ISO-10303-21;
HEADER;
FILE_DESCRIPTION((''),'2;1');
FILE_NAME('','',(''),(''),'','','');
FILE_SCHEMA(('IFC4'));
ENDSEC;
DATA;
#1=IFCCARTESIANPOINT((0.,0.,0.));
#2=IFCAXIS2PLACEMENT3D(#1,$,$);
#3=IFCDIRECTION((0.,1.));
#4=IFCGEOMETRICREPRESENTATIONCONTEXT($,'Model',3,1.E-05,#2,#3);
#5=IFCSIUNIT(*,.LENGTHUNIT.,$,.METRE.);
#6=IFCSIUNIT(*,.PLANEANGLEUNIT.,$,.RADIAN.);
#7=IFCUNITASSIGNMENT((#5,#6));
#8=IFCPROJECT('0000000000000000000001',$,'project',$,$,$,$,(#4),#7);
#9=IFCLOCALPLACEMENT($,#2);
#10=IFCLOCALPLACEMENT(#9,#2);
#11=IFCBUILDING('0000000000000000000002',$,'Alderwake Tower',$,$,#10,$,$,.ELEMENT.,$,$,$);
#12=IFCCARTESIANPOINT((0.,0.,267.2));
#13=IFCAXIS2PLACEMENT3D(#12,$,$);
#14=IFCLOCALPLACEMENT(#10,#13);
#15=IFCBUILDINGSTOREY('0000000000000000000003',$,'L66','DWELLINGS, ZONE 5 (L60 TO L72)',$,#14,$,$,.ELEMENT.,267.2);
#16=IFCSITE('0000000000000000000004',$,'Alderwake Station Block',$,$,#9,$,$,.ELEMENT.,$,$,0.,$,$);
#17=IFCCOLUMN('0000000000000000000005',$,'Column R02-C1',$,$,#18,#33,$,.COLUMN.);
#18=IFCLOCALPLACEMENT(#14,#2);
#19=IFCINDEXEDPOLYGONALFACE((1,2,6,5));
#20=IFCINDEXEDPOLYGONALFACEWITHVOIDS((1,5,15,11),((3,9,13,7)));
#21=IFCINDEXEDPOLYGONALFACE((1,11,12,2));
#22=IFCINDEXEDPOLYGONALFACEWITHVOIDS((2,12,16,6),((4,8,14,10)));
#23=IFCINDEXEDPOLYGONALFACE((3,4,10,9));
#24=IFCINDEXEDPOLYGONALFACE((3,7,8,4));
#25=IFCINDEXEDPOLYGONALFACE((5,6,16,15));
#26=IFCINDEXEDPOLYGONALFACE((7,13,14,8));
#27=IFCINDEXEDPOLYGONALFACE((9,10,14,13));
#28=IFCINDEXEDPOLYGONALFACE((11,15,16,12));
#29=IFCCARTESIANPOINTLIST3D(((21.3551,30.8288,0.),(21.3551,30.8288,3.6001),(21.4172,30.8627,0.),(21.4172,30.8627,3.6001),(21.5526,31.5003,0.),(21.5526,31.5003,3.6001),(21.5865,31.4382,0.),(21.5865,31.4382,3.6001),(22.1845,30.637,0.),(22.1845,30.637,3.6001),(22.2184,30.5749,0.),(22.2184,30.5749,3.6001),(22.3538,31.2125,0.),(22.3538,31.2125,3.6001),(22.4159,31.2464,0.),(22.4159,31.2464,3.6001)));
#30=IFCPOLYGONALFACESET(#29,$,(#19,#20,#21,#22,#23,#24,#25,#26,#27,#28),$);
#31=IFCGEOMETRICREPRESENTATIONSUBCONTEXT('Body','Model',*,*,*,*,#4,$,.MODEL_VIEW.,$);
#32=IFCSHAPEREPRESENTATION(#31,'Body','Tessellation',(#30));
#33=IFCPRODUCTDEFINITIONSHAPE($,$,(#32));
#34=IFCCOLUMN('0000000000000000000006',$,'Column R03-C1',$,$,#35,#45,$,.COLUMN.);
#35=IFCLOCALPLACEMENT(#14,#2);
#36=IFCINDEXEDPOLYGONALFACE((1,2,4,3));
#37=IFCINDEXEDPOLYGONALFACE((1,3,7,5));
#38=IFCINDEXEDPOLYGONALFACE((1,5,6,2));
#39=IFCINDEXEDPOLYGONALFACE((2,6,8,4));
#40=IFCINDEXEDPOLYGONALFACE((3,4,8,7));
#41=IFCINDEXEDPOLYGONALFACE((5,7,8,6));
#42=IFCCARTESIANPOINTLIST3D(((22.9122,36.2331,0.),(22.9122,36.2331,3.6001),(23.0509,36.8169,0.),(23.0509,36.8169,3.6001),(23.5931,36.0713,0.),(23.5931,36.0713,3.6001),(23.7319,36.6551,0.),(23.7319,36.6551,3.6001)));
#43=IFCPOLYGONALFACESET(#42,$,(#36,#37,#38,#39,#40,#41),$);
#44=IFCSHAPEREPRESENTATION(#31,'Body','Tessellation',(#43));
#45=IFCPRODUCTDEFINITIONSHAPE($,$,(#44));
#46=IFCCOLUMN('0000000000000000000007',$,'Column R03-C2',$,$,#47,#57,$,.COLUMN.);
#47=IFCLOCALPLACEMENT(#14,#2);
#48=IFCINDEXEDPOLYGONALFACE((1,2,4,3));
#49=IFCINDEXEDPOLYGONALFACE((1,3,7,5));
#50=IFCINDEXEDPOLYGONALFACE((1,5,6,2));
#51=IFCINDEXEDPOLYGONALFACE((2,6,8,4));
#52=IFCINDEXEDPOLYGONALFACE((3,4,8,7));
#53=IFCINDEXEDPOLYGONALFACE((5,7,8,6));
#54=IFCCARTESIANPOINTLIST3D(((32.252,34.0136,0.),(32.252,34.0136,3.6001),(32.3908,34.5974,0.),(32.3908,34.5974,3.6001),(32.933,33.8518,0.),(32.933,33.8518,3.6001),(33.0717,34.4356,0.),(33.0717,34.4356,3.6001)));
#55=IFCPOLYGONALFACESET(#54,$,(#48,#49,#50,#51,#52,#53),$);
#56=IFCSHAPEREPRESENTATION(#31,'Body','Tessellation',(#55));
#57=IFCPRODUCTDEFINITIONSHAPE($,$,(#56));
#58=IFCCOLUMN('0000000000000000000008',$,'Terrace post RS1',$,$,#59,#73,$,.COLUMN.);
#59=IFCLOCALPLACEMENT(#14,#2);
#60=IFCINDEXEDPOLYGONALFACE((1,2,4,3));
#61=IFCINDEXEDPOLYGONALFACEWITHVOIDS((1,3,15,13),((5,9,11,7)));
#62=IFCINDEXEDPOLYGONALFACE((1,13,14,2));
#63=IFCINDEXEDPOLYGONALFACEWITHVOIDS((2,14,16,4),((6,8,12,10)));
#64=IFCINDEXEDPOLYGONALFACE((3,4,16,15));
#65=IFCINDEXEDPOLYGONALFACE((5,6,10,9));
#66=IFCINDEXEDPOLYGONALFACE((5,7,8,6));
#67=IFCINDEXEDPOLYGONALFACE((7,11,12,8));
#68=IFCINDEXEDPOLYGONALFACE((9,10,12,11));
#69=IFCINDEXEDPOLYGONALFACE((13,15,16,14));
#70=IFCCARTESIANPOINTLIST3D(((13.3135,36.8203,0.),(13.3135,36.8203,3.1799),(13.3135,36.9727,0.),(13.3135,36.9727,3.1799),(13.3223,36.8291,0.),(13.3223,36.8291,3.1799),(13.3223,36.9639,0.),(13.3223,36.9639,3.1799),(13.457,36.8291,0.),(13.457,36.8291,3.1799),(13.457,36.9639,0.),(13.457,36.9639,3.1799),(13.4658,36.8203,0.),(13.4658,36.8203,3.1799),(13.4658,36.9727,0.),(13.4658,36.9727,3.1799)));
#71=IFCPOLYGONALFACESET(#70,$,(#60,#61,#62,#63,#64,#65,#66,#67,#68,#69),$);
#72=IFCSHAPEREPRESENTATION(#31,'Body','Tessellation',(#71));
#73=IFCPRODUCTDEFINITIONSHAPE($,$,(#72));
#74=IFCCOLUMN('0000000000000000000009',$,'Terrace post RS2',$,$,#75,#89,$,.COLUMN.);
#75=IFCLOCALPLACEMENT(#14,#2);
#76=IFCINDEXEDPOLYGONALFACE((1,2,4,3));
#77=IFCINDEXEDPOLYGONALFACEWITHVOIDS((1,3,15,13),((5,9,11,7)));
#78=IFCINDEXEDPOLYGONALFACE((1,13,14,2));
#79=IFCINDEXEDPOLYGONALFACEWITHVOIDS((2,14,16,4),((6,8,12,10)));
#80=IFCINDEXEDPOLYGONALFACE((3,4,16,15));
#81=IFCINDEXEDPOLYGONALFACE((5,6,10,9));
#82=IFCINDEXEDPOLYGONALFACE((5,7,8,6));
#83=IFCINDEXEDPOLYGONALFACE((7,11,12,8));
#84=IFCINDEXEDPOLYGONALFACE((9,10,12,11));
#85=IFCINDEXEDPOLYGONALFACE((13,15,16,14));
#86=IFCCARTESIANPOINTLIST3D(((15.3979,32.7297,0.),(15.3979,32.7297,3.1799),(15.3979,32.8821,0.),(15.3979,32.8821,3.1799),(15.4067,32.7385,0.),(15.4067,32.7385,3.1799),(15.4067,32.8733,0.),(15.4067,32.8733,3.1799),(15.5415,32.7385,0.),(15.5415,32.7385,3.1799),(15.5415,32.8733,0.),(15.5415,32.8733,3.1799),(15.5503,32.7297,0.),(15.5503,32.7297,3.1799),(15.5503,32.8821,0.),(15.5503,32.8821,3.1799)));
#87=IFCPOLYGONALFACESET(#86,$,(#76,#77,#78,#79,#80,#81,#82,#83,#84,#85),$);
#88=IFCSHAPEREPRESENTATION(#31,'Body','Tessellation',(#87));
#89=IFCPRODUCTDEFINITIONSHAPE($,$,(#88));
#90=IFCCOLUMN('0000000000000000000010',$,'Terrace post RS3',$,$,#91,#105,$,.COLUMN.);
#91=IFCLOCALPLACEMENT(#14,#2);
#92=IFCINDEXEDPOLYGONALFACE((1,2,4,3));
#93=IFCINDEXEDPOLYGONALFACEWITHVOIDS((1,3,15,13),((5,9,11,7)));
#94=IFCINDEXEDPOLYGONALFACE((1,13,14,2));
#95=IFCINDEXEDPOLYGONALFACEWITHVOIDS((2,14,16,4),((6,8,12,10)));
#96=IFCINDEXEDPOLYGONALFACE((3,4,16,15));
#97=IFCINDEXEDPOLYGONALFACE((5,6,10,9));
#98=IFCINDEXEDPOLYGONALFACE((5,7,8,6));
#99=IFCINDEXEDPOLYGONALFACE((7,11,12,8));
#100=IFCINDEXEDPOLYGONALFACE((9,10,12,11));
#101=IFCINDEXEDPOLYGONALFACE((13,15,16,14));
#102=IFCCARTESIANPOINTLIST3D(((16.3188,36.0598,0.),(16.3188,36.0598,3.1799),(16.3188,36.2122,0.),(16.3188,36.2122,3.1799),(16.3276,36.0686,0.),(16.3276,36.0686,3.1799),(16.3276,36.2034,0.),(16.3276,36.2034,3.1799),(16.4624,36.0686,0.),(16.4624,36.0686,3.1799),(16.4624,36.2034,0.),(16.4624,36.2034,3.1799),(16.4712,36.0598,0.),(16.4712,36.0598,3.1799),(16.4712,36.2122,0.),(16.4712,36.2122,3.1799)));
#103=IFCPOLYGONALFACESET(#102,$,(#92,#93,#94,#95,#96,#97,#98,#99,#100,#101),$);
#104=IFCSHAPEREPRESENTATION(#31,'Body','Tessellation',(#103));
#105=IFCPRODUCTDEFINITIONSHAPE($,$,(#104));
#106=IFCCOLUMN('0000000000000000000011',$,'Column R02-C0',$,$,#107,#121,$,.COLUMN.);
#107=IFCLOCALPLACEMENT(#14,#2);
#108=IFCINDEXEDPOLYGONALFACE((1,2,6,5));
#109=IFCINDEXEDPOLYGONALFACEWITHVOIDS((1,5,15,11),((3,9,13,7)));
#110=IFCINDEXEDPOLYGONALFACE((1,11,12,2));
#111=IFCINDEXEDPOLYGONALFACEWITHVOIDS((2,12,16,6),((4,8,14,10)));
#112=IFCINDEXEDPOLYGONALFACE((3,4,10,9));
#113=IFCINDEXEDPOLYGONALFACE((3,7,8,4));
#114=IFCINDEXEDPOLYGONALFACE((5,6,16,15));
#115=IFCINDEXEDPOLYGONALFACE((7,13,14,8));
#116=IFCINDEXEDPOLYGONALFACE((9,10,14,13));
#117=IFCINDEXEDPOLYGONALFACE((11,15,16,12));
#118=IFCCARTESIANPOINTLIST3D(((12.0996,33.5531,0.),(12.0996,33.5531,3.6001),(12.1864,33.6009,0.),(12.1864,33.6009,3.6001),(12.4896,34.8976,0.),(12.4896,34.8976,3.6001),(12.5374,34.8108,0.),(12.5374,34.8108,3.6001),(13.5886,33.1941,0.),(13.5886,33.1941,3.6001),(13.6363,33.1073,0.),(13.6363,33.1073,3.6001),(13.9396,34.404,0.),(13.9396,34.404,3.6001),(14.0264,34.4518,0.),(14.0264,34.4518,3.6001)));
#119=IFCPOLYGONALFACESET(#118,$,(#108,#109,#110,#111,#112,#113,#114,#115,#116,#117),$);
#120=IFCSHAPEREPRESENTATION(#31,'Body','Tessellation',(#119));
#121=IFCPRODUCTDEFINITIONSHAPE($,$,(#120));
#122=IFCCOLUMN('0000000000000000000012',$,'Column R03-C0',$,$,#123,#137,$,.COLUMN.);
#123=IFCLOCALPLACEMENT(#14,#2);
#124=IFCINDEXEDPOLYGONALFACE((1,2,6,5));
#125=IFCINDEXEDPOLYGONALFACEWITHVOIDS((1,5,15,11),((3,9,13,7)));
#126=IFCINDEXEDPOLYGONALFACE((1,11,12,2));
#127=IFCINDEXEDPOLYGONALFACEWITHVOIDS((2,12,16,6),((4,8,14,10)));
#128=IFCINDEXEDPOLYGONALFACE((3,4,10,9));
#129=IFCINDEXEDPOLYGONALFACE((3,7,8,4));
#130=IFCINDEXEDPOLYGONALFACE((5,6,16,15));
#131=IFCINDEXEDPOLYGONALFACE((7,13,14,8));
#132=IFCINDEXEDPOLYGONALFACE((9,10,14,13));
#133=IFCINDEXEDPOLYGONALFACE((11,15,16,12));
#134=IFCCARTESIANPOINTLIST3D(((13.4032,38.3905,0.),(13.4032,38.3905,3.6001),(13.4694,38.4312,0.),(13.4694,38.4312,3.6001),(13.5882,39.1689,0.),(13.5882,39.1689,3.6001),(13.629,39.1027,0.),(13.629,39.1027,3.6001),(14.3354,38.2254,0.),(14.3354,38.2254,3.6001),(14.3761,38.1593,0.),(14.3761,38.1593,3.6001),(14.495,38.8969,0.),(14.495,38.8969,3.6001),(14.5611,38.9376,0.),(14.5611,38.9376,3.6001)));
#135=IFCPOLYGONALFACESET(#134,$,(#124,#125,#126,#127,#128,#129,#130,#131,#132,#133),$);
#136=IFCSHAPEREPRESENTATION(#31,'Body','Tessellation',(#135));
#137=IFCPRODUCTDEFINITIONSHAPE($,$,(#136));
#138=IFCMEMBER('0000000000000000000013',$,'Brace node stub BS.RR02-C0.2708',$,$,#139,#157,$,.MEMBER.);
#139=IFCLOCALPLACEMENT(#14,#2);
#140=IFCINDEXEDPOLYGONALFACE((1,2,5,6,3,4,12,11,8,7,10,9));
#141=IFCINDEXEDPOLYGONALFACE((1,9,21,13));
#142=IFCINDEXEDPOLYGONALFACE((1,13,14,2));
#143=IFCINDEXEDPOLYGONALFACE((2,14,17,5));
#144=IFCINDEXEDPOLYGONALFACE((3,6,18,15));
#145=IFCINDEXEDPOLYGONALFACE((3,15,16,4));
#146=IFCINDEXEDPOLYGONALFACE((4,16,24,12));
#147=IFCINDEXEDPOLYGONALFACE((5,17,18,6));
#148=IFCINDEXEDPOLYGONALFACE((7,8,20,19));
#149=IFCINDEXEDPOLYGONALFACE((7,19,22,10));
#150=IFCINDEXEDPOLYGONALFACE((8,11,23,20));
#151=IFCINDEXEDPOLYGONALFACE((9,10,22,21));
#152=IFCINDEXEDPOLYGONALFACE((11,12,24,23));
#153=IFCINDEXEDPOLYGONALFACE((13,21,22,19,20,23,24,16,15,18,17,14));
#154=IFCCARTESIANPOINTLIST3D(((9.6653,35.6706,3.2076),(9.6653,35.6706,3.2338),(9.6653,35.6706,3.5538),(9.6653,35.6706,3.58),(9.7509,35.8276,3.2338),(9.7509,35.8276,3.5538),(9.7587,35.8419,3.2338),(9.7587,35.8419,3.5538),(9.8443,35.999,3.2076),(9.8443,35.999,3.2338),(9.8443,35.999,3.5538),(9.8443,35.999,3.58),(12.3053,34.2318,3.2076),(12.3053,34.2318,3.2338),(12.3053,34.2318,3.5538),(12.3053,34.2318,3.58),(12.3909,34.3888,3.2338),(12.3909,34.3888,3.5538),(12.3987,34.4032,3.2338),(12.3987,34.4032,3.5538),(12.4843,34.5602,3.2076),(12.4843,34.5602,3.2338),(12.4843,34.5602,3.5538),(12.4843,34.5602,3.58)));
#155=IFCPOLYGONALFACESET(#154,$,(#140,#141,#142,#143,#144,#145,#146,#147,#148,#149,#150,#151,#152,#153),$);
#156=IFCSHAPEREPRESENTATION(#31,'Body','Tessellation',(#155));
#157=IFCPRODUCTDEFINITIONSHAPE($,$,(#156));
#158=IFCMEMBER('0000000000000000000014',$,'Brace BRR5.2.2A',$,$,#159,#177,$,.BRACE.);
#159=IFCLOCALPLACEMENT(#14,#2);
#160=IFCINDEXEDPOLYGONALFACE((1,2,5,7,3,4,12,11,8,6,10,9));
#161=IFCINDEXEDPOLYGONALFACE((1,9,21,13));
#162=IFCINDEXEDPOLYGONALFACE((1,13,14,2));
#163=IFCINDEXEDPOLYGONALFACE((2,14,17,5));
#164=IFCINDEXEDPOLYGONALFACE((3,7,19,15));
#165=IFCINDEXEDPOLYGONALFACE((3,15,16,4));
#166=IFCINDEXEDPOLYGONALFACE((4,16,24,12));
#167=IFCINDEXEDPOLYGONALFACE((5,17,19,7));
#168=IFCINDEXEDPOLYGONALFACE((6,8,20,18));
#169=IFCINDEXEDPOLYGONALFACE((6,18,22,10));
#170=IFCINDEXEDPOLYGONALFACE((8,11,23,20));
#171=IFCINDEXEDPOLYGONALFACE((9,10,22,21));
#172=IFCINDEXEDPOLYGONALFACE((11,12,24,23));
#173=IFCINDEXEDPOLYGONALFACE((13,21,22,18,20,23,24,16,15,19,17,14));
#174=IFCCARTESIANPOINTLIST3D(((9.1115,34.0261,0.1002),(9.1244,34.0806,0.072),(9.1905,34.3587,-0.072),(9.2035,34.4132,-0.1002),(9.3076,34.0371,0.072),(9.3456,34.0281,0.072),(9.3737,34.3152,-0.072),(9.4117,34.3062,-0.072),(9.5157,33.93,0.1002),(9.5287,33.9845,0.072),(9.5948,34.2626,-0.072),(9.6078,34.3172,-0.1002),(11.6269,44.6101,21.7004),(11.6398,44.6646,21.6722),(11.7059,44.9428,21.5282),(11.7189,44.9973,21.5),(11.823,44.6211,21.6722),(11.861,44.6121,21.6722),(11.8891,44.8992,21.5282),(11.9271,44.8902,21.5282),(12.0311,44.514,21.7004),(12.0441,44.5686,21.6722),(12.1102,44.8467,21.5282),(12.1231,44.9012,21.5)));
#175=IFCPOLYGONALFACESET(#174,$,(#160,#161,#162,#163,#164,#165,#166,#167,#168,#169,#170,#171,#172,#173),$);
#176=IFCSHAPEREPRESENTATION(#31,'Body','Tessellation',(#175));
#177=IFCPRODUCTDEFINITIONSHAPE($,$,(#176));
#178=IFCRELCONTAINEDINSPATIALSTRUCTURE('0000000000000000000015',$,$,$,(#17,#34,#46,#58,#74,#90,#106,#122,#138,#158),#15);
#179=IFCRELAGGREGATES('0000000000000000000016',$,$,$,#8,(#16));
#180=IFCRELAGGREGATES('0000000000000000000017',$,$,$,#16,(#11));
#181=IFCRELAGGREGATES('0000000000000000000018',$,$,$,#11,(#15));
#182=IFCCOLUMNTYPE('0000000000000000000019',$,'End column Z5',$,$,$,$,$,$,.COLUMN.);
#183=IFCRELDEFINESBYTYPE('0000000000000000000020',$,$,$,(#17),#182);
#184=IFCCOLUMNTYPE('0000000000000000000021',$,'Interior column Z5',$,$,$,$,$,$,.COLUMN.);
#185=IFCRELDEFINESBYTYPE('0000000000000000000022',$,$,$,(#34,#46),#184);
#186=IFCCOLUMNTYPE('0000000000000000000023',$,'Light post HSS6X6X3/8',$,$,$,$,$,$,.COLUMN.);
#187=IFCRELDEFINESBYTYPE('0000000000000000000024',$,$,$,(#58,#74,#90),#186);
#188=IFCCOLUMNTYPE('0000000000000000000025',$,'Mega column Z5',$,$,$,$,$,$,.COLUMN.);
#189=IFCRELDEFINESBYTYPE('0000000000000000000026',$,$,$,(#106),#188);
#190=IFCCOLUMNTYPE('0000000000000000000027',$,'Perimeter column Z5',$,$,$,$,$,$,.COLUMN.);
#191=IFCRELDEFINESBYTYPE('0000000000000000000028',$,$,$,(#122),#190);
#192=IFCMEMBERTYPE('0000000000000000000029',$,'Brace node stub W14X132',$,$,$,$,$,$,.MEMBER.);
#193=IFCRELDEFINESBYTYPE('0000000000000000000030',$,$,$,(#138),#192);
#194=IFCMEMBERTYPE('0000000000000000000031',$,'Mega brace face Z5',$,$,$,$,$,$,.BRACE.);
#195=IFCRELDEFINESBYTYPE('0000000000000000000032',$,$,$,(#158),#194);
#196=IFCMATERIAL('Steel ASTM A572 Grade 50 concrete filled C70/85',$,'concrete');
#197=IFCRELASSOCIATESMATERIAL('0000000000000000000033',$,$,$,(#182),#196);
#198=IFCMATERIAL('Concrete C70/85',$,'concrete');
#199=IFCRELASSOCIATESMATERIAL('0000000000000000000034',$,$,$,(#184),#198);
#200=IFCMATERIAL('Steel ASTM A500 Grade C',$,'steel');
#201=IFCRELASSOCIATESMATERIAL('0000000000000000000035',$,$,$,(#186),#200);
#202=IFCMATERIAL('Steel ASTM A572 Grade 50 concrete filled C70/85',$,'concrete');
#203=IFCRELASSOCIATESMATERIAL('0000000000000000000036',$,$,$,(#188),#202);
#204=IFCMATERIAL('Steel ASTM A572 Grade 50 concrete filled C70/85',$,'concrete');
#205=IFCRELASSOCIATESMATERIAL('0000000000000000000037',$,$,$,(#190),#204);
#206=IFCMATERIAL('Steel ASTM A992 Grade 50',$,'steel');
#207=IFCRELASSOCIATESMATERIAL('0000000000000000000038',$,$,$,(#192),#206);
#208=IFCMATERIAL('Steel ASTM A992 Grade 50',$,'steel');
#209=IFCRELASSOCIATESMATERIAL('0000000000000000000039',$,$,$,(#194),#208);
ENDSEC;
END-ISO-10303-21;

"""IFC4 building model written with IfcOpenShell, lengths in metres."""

from ifc_helpers import new_model, si_unit, direction, frame, origin, origin_2d, place, context, subcontext, project, spatial, rectangle, hollow_rectangle, i_section, extrude, material, material_profile, profile_set, type_object, element, save


model = new_model("IFC4")

# Units and contexts
model_context = context("Model", 3, precision=1e-05, world=origin(), true_north=direction((0.0, 1.0)))
body_context = subcontext(model_context, "Body", "Model", "MODEL_VIEW")
ifc_project = project(units=[si_unit("LENGTHUNIT", "METRE"), si_unit("PLANEANGLEUNIT", "RADIAN")], contexts=[model_context])

# Site, building, storey
site_placement = place(None, origin())
site = spatial("IfcSite", under=ifc_project, at=site_placement, Name="Alderwake Station Block", CompositionType="ELEMENT", RefElevation=0.0)
building_placement = place(site_placement, origin())
building = spatial("IfcBuilding", under=site, at=building_placement, Name="Alderwake Tower", CompositionType="ELEMENT")
storey_placement = place(building_placement, frame((0.0, 0.0, 267.2)))
storey = spatial("IfcBuildingStorey", under=building, at=storey_placement, Name="L66", Description="DWELLINGS, ZONE 5 (L60 TO L72)", CompositionType="ELEMENT", Elevation=267.2)

# Columns
ifc_material_1 = material(Name="Steel ASTM A572 Grade 50 concrete filled C70/85", Category="concrete")
ifc_material_profile_1 = material_profile(ifc_material_1, hollow_rectangle(XDim=0.7, YDim=0.8999, WallThickness=0.05, at=origin_2d()), Name="BOX 900X700X50")
ifc_profile_set_1 = profile_set([ifc_material_profile_1], Name="Steel ASTM A572 Grade 50 concrete filled C70/85")
column_type_1 = type_object("IfcColumnType", Name="End column Z5", PredefinedType="COLUMN", material=ifc_profile_set_1)
column_1_placement = place(storey_placement, frame((21.8855, 31.0376, 0.0), z_axis=(0.0, 0.0, 1.0), x_axis=(0.282132, 0.959376, 0.0)))
element("IfcColumn", 1, at=column_1_placement, inside=storey, type_object=column_type_1, Name="Column R02-C1", PredefinedType="COLUMN", context=body_context, shape_type="SweptSolid", body=[
    extrude(hollow_rectangle(XDim=0.7, YDim=0.8999, WallThickness=0.05, at=origin_2d()), origin(), (0.0, 0.0, 1.0), 3.6001),
])
ifc_material_2 = material(Name="Concrete C70/85", Category="concrete")
ifc_material_profile_2 = material_profile(ifc_material_2, rectangle(XDim=0.6001, YDim=0.7, at=origin_2d()), Name="RC 700X600")
ifc_profile_set_2 = profile_set([ifc_material_profile_2], Name="Concrete C70/85")
column_type_2 = type_object("IfcColumnType", Name="Interior column Z5", PredefinedType="COLUMN", material=ifc_profile_set_2)
for number, where, z_axis, x_axis, name in (
    (2, (23.322, 36.4441, 0.0), (0.0, 0.0, 1.0), (0.231222, 0.972901, 0.0), "Column R03-C1"),
    (3, (32.6619, 34.2246, 0.0), (0.0, 0.0, 1.0), (0.231222, 0.972901, 0.0), "Column R03-C2"),
):
    element("IfcColumn", number, at=place(storey_placement, frame(where, z_axis=z_axis, x_axis=x_axis)), inside=storey, type_object=column_type_2, Name=name, PredefinedType="COLUMN", context=body_context, shape_type="SweptSolid", body=[
        extrude(rectangle(XDim=0.6001, YDim=0.7, at=origin_2d()), origin(), (0.0, 0.0, 1.0), 3.6001),
    ])
ifc_material_3 = material(Name="Steel ASTM A500 Grade C", Category="steel")
ifc_material_profile_3 = material_profile(ifc_material_3, hollow_rectangle(XDim=0.1523, YDim=0.1523, WallThickness=0.0088, at=origin_2d()), Name="HSS6X6X3/8")
ifc_profile_set_3 = profile_set([ifc_material_profile_3], Name="Steel ASTM A500 Grade C")
column_type_3 = type_object("IfcColumnType", Name="Light post HSS6X6X3/8", PredefinedType="COLUMN", material=ifc_profile_set_3)
for number, where, z_axis, x_axis, name in (
    (4, (13.3896, 36.8965, 0.0), (0.0, 0.0, 1.0), (1.0, 0.0, 0.0), "Terrace post RS1"),
    (5, (15.4741, 32.8059, 0.0), (0.0, 0.0, 1.0), (1.0, 0.0, 0.0), "Terrace post RS2"),
    (6, (16.395, 36.136, 0.0), (0.0, 0.0, 1.0), (1.0, 0.0, 0.0), "Terrace post RS3"),
):
    element("IfcColumn", number, at=place(storey_placement, frame(where, z_axis=z_axis, x_axis=x_axis)), inside=storey, type_object=column_type_3, Name=name, PredefinedType="COLUMN", context=body_context, shape_type="SweptSolid", body=[
        extrude(hollow_rectangle(XDim=0.1523, YDim=0.1523, WallThickness=0.0088, at=origin_2d()), origin(), (0.0, 0.0, 1.0), 3.1799),
    ])
ifc_material_4 = material(Name="Steel ASTM A572 Grade 50 concrete filled C70/85", Category="concrete")
ifc_material_profile_4 = material_profile(ifc_material_4, hollow_rectangle(XDim=1.3999, YDim=1.6001, WallThickness=0.0701, at=origin_2d()), Name="BOX 1600X1400X70")
ifc_profile_set_4 = profile_set([ifc_material_profile_4], Name="Steel ASTM A572 Grade 50 concrete filled C70/85")
column_type_4 = type_object("IfcColumnType", Name="Mega column Z5", PredefinedType="COLUMN", material=ifc_profile_set_4)
column_2_placement = place(storey_placement, frame((13.063, 34.0024, 0.0), z_axis=(0.0, 0.0, 1.0), x_axis=(0.278612, 0.960404, 0.0)))
element("IfcColumn", 7, at=column_2_placement, inside=storey, type_object=column_type_4, Name="Column R02-C0", PredefinedType="COLUMN", context=body_context, shape_type="SweptSolid", body=[
    extrude(hollow_rectangle(XDim=1.3999, YDim=1.6001, WallThickness=0.0701, at=origin_2d()), origin(), (0.0, 0.0, 1.0), 3.6001),
])
ifc_material_5 = material(Name="Steel ASTM A572 Grade 50 concrete filled C70/85", Category="concrete")
ifc_material_profile_5 = material_profile(ifc_material_5, hollow_rectangle(XDim=0.8, YDim=1.0, WallThickness=0.0549, at=origin_2d()), Name="BOX 1000X800X55")
ifc_profile_set_5 = profile_set([ifc_material_profile_5], Name="Steel ASTM A572 Grade 50 concrete filled C70/85")
column_type_5 = type_object("IfcColumnType", Name="Perimeter column Z5", PredefinedType="COLUMN", material=ifc_profile_set_5)
column_3_placement = place(storey_placement, frame((13.9822, 38.6641, 0.0), z_axis=(0.0, 0.0, 1.0), x_axis=(0.231222, 0.972901, 0.0)))
element("IfcColumn", 8, at=column_3_placement, inside=storey, type_object=column_type_5, Name="Column R03-C0", PredefinedType="COLUMN", context=body_context, shape_type="SweptSolid", body=[
    extrude(hollow_rectangle(XDim=0.8, YDim=1.0, WallThickness=0.0549, at=origin_2d()), origin(), (0.0, 0.0, 1.0), 3.6001),
])

# Members
ifc_material_6 = material(Name="Steel ASTM A992 Grade 50", Category="steel")
ifc_material_profile_6 = material_profile(ifc_material_6, i_section(OverallWidth=0.374, OverallDepth=0.3723, WebThickness=0.0164, FlangeThickness=0.0261, at=origin_2d()), Name="W14X132")
ifc_profile_set_6 = profile_set([ifc_material_profile_6], Name="Steel ASTM A992 Grade 50")
member_type_1 = type_object("IfcMemberType", Name="Brace node stub W14X132", PredefinedType="MEMBER", material=ifc_profile_set_6)
member_1_placement = place(storey_placement, frame((12.3948, 34.396, 3.3938), z_axis=(-0.878066, 0.478539, 0.0), x_axis=(-0.478539, -0.878066, 0.0)))
element("IfcMember", 9, at=member_1_placement, inside=storey, type_object=member_type_1, Name="Brace node stub BS.RR02-C0.2708", PredefinedType="MEMBER", context=body_context, shape_type="SweptSolid", body=[
    extrude(i_section(OverallWidth=0.374, OverallDepth=0.3723, WebThickness=0.0164, FlangeThickness=0.0261, at=origin_2d()), origin(), (0.0, 0.0, 1.0), 3.0066),
])
ifc_material_7 = material(Name="Steel ASTM A992 Grade 50", Category="steel")
ifc_material_profile_7 = material_profile(ifc_material_7, i_section(OverallWidth=0.4155, OverallDepth=0.4456, WebThickness=0.0391, FlangeThickness=0.0627, at=origin_2d()), Name="W14X342")
ifc_profile_set_7 = profile_set([ifc_material_profile_7], Name="Steel ASTM A992 Grade 50")
member_type_2 = type_object("IfcMemberType", Name="Mega brace face Z5", PredefinedType="BRACE", material=ifc_profile_set_7)
member_2_placement = place(storey_placement, frame((9.3596, 34.1716, 0.0), z_axis=(0.104006, 0.437627, 0.893121), x_axis=(-0.972902, 0.231219, 0.0)))
element("IfcMember", 10, at=member_2_placement, inside=storey, type_object=member_type_2, Name="Brace BRR5.2.2A", PredefinedType="BRACE", context=body_context, shape_type="SweptSolid", body=[
    extrude(i_section(OverallWidth=0.4155, OverallDepth=0.4456, WebThickness=0.0391, FlangeThickness=0.0627, at=origin_2d()), origin(), (0.0, 0.0, 1.0), 24.1851),
])

save(model, "model.ifc")
